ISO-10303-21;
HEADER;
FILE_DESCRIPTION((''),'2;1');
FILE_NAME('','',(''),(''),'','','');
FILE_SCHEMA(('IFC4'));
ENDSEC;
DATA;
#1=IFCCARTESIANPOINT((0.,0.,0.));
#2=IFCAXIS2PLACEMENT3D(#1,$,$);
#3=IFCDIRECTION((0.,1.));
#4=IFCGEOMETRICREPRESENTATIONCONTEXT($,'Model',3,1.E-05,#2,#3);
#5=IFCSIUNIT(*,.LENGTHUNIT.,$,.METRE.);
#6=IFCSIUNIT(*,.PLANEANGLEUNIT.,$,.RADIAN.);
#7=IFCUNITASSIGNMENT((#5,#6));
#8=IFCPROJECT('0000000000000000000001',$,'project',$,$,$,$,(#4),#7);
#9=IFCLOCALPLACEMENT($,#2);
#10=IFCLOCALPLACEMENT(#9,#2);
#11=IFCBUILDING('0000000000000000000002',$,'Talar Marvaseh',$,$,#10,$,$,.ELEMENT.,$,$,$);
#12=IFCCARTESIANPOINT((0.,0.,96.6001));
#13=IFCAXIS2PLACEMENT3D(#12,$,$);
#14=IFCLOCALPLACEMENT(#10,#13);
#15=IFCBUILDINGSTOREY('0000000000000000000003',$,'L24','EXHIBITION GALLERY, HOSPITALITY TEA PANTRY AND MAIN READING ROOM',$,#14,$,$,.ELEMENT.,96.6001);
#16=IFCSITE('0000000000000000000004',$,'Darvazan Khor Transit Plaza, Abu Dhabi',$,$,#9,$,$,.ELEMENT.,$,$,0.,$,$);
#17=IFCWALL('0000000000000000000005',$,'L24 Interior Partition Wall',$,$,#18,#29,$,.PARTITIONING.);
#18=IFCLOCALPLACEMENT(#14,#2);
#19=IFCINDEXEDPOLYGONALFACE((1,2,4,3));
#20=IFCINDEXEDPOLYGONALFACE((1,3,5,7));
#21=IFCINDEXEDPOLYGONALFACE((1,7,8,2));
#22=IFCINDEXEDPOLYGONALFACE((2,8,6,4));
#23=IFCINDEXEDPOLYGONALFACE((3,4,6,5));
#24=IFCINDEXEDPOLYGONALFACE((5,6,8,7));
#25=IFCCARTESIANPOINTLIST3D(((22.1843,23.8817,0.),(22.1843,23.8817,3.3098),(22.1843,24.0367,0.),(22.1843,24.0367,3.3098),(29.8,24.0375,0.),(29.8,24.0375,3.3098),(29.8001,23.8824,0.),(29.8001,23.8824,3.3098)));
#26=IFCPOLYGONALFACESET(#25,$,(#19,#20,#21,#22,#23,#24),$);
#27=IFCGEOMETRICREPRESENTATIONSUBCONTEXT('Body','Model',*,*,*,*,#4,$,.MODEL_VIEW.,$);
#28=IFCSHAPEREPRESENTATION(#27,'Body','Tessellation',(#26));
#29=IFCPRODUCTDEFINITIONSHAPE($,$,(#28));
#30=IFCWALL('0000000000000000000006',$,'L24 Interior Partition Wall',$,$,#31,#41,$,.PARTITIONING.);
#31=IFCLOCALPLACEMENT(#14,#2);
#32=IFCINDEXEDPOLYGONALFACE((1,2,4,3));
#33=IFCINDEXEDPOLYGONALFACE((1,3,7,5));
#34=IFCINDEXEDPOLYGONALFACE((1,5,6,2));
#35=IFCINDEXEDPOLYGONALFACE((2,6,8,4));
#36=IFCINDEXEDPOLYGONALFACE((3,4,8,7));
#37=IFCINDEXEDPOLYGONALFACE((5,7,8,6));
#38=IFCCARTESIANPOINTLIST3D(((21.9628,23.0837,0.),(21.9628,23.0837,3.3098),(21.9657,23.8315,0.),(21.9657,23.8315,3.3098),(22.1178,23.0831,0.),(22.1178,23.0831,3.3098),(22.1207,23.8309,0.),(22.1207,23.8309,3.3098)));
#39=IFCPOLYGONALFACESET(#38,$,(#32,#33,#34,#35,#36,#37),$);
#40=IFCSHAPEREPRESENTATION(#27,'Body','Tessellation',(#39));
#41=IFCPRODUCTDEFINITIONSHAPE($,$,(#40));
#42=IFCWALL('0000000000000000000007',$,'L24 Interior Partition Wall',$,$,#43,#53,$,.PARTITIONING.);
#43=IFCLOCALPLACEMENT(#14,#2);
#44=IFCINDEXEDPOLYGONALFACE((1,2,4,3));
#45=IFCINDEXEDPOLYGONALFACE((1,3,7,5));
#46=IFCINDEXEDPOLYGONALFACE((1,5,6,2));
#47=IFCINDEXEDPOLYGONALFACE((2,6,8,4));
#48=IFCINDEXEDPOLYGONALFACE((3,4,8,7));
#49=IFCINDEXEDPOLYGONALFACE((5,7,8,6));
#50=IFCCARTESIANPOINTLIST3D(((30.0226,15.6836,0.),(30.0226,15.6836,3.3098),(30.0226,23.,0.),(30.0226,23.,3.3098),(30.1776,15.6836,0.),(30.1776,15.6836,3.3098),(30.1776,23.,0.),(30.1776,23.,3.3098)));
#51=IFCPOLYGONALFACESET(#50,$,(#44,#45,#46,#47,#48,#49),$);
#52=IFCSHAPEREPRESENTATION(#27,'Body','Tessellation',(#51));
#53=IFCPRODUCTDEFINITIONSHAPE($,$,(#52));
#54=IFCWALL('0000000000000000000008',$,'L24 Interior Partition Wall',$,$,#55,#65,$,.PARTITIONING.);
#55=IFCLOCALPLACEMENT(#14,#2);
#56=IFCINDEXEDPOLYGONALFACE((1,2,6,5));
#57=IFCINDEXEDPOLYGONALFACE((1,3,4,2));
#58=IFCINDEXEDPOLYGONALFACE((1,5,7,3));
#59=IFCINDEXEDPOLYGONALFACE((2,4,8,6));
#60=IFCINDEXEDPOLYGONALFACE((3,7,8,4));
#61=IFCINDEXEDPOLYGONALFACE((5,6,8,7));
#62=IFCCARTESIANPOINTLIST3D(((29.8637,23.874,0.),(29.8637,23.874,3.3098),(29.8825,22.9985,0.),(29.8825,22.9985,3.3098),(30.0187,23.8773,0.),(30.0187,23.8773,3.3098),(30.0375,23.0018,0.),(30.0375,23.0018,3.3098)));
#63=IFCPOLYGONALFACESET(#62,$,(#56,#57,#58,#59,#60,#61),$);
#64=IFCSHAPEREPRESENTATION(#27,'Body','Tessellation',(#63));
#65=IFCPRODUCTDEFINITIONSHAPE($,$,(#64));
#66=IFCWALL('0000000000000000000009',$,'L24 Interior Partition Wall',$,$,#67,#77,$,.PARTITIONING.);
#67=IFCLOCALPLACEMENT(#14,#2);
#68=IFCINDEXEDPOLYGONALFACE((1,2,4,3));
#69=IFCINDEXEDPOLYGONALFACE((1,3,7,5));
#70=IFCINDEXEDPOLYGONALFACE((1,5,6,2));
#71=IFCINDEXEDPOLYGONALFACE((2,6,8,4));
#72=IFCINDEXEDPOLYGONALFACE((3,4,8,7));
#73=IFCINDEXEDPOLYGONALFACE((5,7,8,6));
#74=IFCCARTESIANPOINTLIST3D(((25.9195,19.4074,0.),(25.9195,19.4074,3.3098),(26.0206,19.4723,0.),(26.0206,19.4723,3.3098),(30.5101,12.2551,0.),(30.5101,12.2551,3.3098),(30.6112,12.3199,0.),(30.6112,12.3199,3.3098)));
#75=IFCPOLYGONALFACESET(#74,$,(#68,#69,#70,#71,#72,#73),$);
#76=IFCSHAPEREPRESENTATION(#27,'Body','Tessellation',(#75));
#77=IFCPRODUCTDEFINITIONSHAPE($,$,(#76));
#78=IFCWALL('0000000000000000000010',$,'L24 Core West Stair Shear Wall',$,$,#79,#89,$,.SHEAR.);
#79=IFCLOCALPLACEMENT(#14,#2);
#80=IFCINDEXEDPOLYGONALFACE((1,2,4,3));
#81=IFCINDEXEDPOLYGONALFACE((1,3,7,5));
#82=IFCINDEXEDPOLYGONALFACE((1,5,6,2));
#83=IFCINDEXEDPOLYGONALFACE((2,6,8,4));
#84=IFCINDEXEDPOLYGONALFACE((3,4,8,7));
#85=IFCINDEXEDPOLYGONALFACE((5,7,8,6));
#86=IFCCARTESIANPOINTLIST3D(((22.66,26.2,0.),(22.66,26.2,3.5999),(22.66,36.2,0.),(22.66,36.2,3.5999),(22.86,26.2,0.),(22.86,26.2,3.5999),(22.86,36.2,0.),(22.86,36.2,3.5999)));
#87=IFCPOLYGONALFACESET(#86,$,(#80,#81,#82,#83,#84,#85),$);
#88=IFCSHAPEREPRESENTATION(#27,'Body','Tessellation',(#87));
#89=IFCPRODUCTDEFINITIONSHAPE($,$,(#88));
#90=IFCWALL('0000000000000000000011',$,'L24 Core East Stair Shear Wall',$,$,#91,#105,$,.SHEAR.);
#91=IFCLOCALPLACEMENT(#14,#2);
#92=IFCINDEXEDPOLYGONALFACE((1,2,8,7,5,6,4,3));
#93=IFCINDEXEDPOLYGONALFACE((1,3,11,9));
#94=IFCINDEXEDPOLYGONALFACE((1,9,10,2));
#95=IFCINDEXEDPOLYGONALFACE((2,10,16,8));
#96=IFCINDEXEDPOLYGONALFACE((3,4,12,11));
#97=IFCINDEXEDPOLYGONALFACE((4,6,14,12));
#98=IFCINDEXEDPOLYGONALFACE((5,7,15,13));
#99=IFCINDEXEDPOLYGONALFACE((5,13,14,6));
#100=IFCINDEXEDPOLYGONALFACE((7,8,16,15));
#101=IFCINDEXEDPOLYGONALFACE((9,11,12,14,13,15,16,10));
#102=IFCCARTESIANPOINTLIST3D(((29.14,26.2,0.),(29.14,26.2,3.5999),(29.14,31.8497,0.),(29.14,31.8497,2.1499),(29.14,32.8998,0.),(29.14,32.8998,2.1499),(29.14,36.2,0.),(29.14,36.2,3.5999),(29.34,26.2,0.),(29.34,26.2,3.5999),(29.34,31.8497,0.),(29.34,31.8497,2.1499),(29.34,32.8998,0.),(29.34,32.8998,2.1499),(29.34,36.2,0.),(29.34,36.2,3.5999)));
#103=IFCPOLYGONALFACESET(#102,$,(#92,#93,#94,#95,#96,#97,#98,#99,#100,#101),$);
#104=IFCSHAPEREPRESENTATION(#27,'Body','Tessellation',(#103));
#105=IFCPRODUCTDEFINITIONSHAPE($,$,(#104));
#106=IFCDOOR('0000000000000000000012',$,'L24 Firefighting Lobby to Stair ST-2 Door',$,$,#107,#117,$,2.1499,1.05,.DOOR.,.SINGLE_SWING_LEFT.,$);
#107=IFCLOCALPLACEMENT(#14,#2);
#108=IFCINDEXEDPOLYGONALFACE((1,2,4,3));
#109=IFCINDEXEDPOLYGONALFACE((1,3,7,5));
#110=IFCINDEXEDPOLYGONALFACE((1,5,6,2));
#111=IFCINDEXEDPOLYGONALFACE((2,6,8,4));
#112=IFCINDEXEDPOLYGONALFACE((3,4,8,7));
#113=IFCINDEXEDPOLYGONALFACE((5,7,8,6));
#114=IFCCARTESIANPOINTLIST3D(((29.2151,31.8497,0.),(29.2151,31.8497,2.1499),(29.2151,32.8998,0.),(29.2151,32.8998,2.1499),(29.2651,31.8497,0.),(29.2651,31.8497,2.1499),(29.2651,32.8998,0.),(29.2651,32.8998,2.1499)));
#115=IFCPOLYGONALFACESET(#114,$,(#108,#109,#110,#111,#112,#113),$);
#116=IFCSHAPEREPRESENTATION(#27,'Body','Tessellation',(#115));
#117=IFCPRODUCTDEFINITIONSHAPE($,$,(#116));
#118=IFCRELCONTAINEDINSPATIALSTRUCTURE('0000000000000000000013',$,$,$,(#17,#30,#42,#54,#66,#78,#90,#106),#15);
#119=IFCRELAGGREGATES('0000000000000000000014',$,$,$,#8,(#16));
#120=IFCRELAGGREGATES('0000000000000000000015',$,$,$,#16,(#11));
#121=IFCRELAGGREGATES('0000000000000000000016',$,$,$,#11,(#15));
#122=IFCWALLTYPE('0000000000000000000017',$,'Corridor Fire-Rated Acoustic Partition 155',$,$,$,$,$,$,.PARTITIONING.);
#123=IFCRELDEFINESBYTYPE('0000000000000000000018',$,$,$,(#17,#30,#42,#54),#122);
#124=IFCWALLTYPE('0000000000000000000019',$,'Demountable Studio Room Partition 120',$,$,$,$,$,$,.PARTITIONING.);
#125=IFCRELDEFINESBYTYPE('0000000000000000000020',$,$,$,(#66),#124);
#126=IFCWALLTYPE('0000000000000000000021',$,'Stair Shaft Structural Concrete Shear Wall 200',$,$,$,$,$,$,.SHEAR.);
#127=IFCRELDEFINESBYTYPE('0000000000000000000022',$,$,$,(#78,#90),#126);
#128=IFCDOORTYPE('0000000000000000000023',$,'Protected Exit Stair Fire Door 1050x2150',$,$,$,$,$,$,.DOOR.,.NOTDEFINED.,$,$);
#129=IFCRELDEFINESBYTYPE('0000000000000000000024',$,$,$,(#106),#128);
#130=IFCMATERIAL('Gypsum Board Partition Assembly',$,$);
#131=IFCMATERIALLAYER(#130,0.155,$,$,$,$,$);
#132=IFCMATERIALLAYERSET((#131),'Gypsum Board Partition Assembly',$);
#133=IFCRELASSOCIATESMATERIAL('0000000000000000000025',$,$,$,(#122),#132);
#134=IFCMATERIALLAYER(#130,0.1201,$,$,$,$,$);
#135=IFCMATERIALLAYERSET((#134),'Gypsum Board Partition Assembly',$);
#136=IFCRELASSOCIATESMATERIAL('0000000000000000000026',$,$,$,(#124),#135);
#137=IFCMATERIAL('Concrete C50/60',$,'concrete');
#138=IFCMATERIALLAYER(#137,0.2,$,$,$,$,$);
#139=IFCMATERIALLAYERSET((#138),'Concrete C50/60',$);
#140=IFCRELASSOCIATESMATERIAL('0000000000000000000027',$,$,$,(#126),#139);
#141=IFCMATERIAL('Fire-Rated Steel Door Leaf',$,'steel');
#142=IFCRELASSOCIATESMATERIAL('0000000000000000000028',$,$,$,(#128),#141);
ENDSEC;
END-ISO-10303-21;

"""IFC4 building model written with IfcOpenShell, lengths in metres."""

from ifc_helpers import new_model, si_unit, direction, frame, frame_2d, origin, place, context, subcontext, project, spatial, rectangle, extrude, source, transform, mapped, material, layer, layer_set, type_object, type_shapes, element, fill, save


model = new_model("IFC4")

# Units and contexts
model_context = context("Model", 3, precision=1e-05, world=origin(), true_north=direction((0.0, 1.0)))
body_context = subcontext(model_context, "Body", "Model", "MODEL_VIEW")
ifc_project = project(units=[si_unit("LENGTHUNIT", "METRE"), si_unit("PLANEANGLEUNIT", "RADIAN")], contexts=[model_context])

# Site, building, storey
site_placement = place(None, origin())
site = spatial("IfcSite", under=ifc_project, at=site_placement, Name="Darvazan Khor Transit Plaza, Abu Dhabi", CompositionType="ELEMENT", RefElevation=0.0)
building_placement = place(site_placement, origin())
building = spatial("IfcBuilding", under=site, at=building_placement, Name="Talar Marvaseh", CompositionType="ELEMENT")
storey_placement = place(building_placement, frame((0.0, 0.0, 96.6001)))
storey = spatial("IfcBuildingStorey", under=building, at=storey_placement, Name="L24", Description="EXHIBITION GALLERY, HOSPITALITY TEA PANTRY AND MAIN READING ROOM", CompositionType="ELEMENT", Elevation=96.6001)

# Shared definitions
ifc_material_1 = material(Name="Gypsum Board Partition Assembly")
ifc_layer_1 = layer(ifc_material_1, 0.155)
ifc_layer_set_1 = layer_set([ifc_layer_1], Name="Gypsum Board Partition Assembly")
wall_type_1 = type_object("IfcWallType", Name="Corridor Fire-Rated Acoustic Partition 155", PredefinedType="PARTITIONING", material=ifc_layer_set_1)
ifc_material_2 = material(Name="Fire-Rated Steel Door Leaf", Category="steel")

# Walls
wall_1_placement = place(storey_placement, frame((29.8, 23.96, 0.0), z_axis=(0.0, 0.0, 1.0), x_axis=(-1.0, -0.000096, 0.0)))
element("IfcWall", 1, at=wall_1_placement, inside=storey, type_object=wall_type_1, Name="L24 Interior Partition Wall", PredefinedType="PARTITIONING", context=body_context, shape_type="SweptSolid", body=[
    extrude(rectangle(XDim=7.6157, YDim=0.155, at=frame_2d((3.8079, 0.0))), origin(), (0.0, 0.0, 1.0), 3.3098),
])
wall_2_placement = place(storey_placement, frame((22.0432, 23.8313, 0.0), z_axis=(0.0, 0.0, 1.0), x_axis=(-0.003918, -0.999992, 0.0)))
element("IfcWall", 2, at=wall_2_placement, inside=storey, type_object=wall_type_1, Name="L24 Interior Partition Wall", PredefinedType="PARTITIONING", context=body_context, shape_type="SweptSolid", body=[
    extrude(rectangle(XDim=0.7478, YDim=0.155, at=frame_2d((0.374, 0.0))), origin(), (0.0, 0.0, 1.0), 3.3098),
])
wall_3_placement = place(storey_placement, frame((30.1001, 15.6836, 0.0), z_axis=(0.0, 0.0, 1.0), x_axis=(0.0, 1.0, 0.0)))
element("IfcWall", 3, at=wall_3_placement, inside=storey, type_object=wall_type_1, Name="L24 Interior Partition Wall", PredefinedType="PARTITIONING", context=body_context, shape_type="SweptSolid", body=[
    extrude(rectangle(XDim=7.3164, YDim=0.155, at=frame_2d((3.6582, 0.0))), origin(), (0.0, 0.0, 1.0), 3.3098),
])
wall_4_placement = place(storey_placement, frame((29.96, 23.0, 0.0), z_axis=(0.0, 0.0, 1.0), x_axis=(-0.021467, 0.99977, 0.0)))
element("IfcWall", 4, at=wall_4_placement, inside=storey, type_object=wall_type_1, Name="L24 Interior Partition Wall", PredefinedType="PARTITIONING", context=body_context, shape_type="SweptSolid", body=[
    extrude(rectangle(XDim=0.8757, YDim=0.155, at=frame_2d((0.438, 0.0))), origin(), (0.0, 0.0, 1.0), 3.3098),
])
ifc_layer_2 = layer(ifc_material_1, 0.1201)
ifc_layer_set_2 = layer_set([ifc_layer_2], Name="Gypsum Board Partition Assembly")
wall_type_2 = type_object("IfcWallType", Name="Demountable Studio Room Partition 120", PredefinedType="PARTITIONING", material=ifc_layer_set_2)
wall_5_placement = place(storey_placement, frame((25.97, 19.4399, 0.0), z_axis=(0.0, 0.0, 1.0), x_axis=(0.540145, -0.841572, 0.0)))
element("IfcWall", 5, at=wall_5_placement, inside=storey, type_object=wall_type_2, Name="L24 Interior Partition Wall", PredefinedType="PARTITIONING", context=body_context, shape_type="SweptSolid", body=[
    extrude(rectangle(XDim=8.4988, YDim=0.1201, at=frame_2d((4.2495, 0.0))), origin(), (0.0, 0.0, 1.0), 3.3098),
])
ifc_material_3 = material(Name="Concrete C50/60", Category="concrete")
ifc_layer_3 = layer(ifc_material_3, 0.2)
ifc_layer_set_3 = layer_set([ifc_layer_3], Name="Concrete C50/60")
wall_type_3 = type_object("IfcWallType", Name="Stair Shaft Structural Concrete Shear Wall 200", PredefinedType="SHEAR", material=ifc_layer_set_3)
wall_6_placement = place(storey_placement, frame((22.76, 26.2, 0.0), z_axis=(0.0, 0.0, 1.0), x_axis=(0.0, 1.0, 0.0)))
element("IfcWall", 6, at=wall_6_placement, inside=storey, type_object=wall_type_3, Name="L24 Core West Stair Shear Wall", PredefinedType="SHEAR", context=body_context, shape_type="SweptSolid", body=[
    extrude(rectangle(XDim=10.0, YDim=0.2, at=frame_2d((5.0, 0.0))), origin(), (0.0, 0.0, 1.0), 3.5999),
])

# Wall, opening, door
wall_7_placement = place(storey_placement, frame((29.24, 26.2, 0.0), z_axis=(0.0, 0.0, 1.0), x_axis=(0.0, 1.0, 0.0)))
wall_7 = element("IfcWall", 7, at=wall_7_placement, inside=storey, type_object=wall_type_3, Name="L24 Core East Stair Shear Wall", PredefinedType="SHEAR", context=body_context, shape_type="SweptSolid", body=[
    extrude(rectangle(XDim=10.0, YDim=0.2, at=frame_2d((5.0, 0.0))), origin(), (0.0, 0.0, 1.0), 3.5999),
])
opening_1_placement = place(wall_7_placement, frame((5.6499, 0.0, 0.0)))
opening_1 = element("IfcOpeningElement", 8, at=opening_1_placement, cuts=wall_7, PredefinedType="OPENING", context=body_context, shape_type="SweptSolid", body=[
    extrude(rectangle(XDim=1.05, YDim=2.1499, at=frame_2d((0.5249, 1.075))), frame((0.0, 0.1099, 0.0), z_axis=(0.0, -1.0, 0.0), x_axis=(1.0, 0.0, 0.0)), (0.0, 0.0, 1.0), 0.22),
])
door_type_1 = type_object("IfcDoorType", Name="Protected Exit Stair Fire Door 1050x2150", OperationType="NOTDEFINED", PredefinedType="DOOR", material=ifc_material_2)
shared_shape_1 = source(origin(), body_context, "Body", "SweptSolid", [
    extrude(rectangle(XDim=1.05, YDim=2.1499, at=frame_2d((0.5249, 1.075))), frame((0.0, 0.0249, 0.0), z_axis=(0.0, -1.0, 0.0), x_axis=(1.0, 0.0, 0.0)), (0.0, 0.0, 1.0), 0.05),
])
type_shapes(door_type_1, [shared_shape_1])
door_1_placement = place(opening_1_placement, origin())
door_1 = element("IfcDoor", 9, at=door_1_placement, inside=storey, type_object=door_type_1, Name="L24 Firefighting Lobby to Stair ST-2 Door", OperationType="SINGLE_SWING_LEFT", OverallHeight=2.1499, OverallWidth=1.05, PredefinedType="DOOR", context=body_context, shape_type="MappedRepresentation", body=[
    mapped(shared_shape_1, transform((0.0, 0.0, 0.0), x_axis=(1.0, 0.0, 0.0), y_axis=(0.0, 1.0, 0.0), z_axis=(0.0, 0.0, 1.0), scale=1.0)),
])
fill(opening_1, door_1)

save(model, "model.ifc")
